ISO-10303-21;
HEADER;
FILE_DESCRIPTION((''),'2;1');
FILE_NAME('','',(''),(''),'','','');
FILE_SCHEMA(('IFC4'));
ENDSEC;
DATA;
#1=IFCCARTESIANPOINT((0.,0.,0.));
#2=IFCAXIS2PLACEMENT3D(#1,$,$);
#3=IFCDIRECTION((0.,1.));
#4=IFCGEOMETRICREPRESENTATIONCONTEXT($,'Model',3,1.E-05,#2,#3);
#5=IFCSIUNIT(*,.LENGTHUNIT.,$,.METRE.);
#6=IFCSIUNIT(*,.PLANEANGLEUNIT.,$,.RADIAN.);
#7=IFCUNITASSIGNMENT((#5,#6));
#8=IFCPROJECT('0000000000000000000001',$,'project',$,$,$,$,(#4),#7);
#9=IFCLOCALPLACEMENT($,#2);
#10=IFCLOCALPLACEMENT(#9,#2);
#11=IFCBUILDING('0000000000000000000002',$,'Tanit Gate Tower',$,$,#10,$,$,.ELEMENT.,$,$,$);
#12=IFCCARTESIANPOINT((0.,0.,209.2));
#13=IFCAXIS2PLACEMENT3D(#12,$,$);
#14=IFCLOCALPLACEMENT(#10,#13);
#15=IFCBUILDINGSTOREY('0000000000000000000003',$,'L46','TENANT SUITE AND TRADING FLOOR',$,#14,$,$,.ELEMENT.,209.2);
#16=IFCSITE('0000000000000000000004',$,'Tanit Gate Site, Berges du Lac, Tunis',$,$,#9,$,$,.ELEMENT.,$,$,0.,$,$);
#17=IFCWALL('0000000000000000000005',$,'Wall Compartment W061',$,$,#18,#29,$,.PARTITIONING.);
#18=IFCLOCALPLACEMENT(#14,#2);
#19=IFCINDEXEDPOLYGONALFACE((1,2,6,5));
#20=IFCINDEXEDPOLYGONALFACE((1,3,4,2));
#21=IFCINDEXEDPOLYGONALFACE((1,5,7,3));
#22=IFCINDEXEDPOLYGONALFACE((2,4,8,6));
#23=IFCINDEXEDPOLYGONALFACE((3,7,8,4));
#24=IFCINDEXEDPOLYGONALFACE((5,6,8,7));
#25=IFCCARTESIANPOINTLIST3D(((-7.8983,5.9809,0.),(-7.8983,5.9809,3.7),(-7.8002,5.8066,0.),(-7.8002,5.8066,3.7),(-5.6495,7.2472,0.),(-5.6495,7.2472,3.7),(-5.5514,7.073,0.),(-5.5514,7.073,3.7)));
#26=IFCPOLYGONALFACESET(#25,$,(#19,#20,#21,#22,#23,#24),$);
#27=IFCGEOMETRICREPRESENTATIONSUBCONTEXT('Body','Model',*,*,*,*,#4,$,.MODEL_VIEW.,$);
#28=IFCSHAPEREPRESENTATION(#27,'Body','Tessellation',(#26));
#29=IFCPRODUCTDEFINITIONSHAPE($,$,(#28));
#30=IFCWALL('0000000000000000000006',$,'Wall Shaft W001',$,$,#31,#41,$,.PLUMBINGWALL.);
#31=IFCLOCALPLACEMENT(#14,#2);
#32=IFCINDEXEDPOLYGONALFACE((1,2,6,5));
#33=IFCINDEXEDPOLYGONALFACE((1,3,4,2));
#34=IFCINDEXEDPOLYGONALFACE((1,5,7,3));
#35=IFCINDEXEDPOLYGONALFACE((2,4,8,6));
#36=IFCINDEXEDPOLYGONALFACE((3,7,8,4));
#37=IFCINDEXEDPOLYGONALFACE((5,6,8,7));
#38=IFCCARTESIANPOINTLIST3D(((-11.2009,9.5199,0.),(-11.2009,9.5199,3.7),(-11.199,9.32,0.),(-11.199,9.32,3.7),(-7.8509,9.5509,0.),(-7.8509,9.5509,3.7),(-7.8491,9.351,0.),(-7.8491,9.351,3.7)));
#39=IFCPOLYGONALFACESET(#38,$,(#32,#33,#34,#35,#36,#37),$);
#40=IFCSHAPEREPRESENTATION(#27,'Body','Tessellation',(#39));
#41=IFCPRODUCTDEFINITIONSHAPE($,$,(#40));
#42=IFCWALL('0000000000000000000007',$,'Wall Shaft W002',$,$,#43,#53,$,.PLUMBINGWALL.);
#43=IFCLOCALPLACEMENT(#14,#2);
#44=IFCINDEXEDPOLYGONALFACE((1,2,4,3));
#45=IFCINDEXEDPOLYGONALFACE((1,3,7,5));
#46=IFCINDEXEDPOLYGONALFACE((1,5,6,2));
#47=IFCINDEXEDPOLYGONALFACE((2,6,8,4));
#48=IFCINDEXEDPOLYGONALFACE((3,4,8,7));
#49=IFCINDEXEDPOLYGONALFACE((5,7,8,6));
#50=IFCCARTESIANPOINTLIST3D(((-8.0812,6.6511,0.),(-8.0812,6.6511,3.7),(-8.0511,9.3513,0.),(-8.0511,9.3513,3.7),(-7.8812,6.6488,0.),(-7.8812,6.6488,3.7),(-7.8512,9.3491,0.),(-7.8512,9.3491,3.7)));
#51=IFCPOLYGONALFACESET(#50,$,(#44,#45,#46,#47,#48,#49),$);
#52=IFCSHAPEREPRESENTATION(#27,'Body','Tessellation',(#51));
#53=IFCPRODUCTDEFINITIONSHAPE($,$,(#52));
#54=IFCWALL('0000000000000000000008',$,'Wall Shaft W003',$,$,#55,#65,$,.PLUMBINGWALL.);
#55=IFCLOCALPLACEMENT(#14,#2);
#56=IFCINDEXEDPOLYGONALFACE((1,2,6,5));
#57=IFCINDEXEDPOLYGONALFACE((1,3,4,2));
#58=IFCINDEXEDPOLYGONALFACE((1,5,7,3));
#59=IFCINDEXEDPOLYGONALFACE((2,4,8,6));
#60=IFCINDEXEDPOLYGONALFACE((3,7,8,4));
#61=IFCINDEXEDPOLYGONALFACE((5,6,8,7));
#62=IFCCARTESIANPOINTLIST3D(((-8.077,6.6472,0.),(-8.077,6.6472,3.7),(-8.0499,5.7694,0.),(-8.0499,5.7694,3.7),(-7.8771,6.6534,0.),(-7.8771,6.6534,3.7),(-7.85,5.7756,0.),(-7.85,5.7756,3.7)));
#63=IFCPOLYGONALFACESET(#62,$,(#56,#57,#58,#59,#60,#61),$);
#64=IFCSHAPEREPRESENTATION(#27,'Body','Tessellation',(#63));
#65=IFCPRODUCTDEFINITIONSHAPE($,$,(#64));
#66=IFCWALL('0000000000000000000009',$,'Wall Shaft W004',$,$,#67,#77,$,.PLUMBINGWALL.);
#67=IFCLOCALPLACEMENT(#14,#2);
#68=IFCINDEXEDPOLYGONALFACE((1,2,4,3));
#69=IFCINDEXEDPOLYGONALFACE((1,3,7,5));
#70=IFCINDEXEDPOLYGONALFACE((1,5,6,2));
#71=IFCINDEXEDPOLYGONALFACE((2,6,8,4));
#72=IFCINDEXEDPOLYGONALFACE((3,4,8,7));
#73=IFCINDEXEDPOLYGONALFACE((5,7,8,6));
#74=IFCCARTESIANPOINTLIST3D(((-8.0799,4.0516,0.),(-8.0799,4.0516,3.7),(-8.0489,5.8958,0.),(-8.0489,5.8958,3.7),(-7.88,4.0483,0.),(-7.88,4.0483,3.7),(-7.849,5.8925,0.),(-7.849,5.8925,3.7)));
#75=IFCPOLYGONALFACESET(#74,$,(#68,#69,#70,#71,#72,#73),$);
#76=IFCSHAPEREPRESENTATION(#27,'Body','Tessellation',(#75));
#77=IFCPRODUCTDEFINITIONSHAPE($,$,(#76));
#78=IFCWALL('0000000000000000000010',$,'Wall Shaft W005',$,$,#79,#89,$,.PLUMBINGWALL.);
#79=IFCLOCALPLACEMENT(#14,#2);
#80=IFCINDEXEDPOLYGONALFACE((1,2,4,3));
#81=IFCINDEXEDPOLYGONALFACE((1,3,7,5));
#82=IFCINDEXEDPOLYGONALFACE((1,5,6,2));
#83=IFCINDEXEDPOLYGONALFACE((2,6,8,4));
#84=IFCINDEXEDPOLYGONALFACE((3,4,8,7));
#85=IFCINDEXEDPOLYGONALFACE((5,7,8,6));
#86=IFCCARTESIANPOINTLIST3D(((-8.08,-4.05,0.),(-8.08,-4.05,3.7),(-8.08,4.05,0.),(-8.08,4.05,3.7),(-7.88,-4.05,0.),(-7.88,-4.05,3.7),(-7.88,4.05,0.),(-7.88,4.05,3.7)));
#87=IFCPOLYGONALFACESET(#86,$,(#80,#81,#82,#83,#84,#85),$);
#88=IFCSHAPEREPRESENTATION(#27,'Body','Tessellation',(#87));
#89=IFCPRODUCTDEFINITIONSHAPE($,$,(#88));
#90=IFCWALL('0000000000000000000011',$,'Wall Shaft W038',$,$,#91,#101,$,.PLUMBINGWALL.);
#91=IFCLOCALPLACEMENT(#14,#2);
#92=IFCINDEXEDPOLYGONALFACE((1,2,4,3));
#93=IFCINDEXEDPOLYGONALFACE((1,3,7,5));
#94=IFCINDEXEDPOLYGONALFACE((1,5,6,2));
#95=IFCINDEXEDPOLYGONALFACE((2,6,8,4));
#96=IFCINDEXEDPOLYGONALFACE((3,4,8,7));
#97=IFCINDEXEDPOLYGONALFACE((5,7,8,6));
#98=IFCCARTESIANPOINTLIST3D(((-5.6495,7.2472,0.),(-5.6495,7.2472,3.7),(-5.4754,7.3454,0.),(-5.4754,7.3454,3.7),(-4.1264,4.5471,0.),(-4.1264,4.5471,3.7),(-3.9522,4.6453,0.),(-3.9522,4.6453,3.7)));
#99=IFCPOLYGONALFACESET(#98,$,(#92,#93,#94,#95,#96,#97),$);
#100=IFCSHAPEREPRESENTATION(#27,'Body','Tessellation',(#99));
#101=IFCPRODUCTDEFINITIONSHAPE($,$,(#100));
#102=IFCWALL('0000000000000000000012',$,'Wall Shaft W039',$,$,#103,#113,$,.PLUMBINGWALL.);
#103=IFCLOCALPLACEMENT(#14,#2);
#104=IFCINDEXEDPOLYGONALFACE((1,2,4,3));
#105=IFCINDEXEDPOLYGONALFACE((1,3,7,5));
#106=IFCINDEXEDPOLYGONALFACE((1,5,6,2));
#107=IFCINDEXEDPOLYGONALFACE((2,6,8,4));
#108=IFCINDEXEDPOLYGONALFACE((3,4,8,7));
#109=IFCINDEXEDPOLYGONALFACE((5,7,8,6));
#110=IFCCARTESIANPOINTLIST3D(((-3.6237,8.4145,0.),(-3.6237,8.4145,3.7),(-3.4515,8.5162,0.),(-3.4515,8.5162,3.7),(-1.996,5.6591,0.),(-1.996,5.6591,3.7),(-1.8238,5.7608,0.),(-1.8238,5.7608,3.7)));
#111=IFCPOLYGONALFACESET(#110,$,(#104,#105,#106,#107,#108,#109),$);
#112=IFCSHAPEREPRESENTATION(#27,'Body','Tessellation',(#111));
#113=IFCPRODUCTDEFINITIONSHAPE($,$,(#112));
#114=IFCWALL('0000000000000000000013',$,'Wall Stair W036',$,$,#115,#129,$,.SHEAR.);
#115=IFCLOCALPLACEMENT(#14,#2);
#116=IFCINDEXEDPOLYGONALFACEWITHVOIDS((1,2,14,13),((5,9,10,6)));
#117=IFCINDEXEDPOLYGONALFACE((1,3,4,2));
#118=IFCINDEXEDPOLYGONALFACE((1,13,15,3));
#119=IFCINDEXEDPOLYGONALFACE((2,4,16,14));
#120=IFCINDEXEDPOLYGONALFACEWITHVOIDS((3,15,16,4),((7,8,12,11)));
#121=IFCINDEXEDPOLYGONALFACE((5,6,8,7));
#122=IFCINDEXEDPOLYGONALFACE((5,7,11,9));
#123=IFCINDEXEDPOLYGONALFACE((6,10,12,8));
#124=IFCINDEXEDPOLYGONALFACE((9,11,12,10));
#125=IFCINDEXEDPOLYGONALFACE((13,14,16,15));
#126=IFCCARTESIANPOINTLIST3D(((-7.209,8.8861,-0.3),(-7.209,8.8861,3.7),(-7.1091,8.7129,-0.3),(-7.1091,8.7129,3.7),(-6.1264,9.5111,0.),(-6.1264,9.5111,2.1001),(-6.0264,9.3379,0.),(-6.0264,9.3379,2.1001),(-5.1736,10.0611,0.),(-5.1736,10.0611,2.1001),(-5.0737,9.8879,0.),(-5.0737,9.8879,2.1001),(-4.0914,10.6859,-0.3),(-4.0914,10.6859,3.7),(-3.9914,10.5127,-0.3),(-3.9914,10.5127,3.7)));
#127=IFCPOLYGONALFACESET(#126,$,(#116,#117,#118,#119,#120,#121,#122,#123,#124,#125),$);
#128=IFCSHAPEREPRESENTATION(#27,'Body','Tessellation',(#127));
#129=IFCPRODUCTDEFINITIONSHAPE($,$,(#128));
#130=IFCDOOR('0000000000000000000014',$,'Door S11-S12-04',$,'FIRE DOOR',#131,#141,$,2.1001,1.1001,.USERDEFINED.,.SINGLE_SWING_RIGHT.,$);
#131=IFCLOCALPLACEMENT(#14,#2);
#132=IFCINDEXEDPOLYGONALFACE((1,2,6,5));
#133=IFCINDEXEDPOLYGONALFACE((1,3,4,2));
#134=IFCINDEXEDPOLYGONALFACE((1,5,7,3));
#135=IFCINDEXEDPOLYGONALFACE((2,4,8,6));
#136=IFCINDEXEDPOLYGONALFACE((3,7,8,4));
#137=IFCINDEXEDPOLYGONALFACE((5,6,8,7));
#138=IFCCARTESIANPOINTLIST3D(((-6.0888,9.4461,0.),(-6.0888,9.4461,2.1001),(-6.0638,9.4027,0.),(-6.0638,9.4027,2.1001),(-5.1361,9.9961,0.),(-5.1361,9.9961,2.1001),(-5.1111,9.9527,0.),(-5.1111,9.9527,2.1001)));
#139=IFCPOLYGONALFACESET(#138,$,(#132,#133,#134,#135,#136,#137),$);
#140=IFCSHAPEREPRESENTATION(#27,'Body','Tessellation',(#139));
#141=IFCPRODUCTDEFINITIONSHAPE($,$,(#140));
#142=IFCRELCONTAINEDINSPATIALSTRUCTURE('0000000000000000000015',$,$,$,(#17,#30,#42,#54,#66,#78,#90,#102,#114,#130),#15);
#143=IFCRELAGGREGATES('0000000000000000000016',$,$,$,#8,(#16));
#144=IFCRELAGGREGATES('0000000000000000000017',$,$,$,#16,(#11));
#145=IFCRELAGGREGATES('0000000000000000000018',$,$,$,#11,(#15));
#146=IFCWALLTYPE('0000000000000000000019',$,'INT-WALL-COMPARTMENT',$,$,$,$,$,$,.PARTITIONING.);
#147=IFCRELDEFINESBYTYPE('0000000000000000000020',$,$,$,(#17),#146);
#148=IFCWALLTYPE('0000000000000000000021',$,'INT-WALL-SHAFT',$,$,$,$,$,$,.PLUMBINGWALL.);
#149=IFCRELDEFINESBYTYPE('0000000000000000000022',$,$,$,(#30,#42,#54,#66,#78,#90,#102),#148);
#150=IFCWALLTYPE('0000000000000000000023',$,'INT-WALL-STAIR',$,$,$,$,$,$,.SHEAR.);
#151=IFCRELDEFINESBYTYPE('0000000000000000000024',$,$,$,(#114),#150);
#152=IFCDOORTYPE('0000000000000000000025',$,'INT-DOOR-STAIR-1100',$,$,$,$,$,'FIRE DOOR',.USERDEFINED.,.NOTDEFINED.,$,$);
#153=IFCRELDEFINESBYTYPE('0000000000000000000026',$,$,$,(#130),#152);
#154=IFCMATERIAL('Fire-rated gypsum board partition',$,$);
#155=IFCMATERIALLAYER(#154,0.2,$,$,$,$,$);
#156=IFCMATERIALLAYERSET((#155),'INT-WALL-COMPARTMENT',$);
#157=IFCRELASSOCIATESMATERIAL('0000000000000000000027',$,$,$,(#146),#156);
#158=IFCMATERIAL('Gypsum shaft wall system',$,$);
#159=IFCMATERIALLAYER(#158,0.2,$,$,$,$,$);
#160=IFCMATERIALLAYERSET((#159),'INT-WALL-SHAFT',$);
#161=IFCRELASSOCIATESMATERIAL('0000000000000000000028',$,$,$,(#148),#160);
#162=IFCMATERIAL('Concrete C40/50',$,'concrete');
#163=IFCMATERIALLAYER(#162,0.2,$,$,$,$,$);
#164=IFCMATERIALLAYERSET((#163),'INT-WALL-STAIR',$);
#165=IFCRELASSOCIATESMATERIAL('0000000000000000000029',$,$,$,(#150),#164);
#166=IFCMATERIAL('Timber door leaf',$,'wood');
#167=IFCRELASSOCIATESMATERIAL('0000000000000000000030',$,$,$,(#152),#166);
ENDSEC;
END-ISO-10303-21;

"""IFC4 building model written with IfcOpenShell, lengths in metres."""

from ifc_helpers import new_model, si_unit, direction, frame, frame_2d, origin, place, context, subcontext, project, spatial, rectangle, extrude, material, layer, layer_set, type_object, element, fill, save


model = new_model("IFC4")

# Units and contexts
model_context = context("Model", 3, precision=1e-05, world=origin(), true_north=direction((0.0, 1.0)))
body_context = subcontext(model_context, "Body", "Model", "MODEL_VIEW")
ifc_project = project(units=[si_unit("LENGTHUNIT", "METRE"), si_unit("PLANEANGLEUNIT", "RADIAN")], contexts=[model_context])

# Site, building, storey
site_placement = place(None, origin())
site = spatial("IfcSite", under=ifc_project, at=site_placement, Name="Tanit Gate Site, Berges du Lac, Tunis", CompositionType="ELEMENT", RefElevation=0.0)
building_placement = place(site_placement, origin())
building = spatial("IfcBuilding", under=site, at=building_placement, Name="Tanit Gate Tower", CompositionType="ELEMENT")
storey_placement = place(building_placement, frame((0.0, 0.0, 209.2)))
storey = spatial("IfcBuildingStorey", under=building, at=storey_placement, Name="L46", Description="TENANT SUITE AND TRADING FLOOR", CompositionType="ELEMENT", Elevation=209.2)

# Walls
ifc_material_1 = material(Name="Fire-rated gypsum board partition")
ifc_layer_1 = layer(ifc_material_1, 0.2)
ifc_layer_set_1 = layer_set([ifc_layer_1], Name="INT-WALL-COMPARTMENT")
wall_type_1 = type_object("IfcWallType", Name="INT-WALL-COMPARTMENT", PredefinedType="PARTITIONING", material=ifc_layer_set_1)
wall_1_placement = place(storey_placement, frame((-5.6003, 7.1602, 0.0), z_axis=(0.0, 0.0, 1.0), x_axis=(-0.87134, -0.490679, 0.0)))
element("IfcWall", 1, at=wall_1_placement, inside=storey, type_object=wall_type_1, Name="Wall Compartment W061", PredefinedType="PARTITIONING", context=body_context, shape_type="SweptSolid", body=[
    extrude(rectangle(XDim=2.5808, YDim=0.2, at=frame_2d((1.2905, 0.0))), origin(), (0.0, 0.0, 1.0), 3.7),
])
ifc_material_2 = material(Name="Gypsum shaft wall system")
ifc_layer_2 = layer(ifc_material_2, 0.2)
ifc_layer_set_2 = layer_set([ifc_layer_2], Name="INT-WALL-SHAFT")
wall_type_2 = type_object("IfcWallType", Name="INT-WALL-SHAFT", PredefinedType="PLUMBINGWALL", material=ifc_layer_set_2)
wall_2_placement = place(storey_placement, frame((-11.2, 9.4199, 0.0), z_axis=(0.0, 0.0, 1.0), x_axis=(0.999957, 0.009255, 0.0)))
element("IfcWall", 2, at=wall_2_placement, inside=storey, type_object=wall_type_2, Name="Wall Shaft W001", PredefinedType="PLUMBINGWALL", context=body_context, shape_type="SweptSolid", body=[
    extrude(rectangle(XDim=3.3501, YDim=0.2, at=frame_2d((1.675, 0.0))), origin(), (0.0, 0.0, 1.0), 3.7),
])
wall_3_placement = place(storey_placement, frame((-7.9512, 9.3501, 0.0), z_axis=(0.0, 0.0, 1.0), x_axis=(-0.01112, -0.999938, 0.0)))
element("IfcWall", 3, at=wall_3_placement, inside=storey, type_object=wall_type_2, Name="Wall Shaft W002", PredefinedType="PLUMBINGWALL", context=body_context, shape_type="SweptSolid", body=[
    extrude(rectangle(XDim=2.7004, YDim=0.2, at=frame_2d((1.3501, 0.0))), origin(), (0.0, 0.0, 1.0), 3.7),
])
wall_4_placement = place(storey_placement, frame((-7.9771, 6.6501, 0.0), z_axis=(0.0, 0.0, 1.0), x_axis=(0.030862, -0.999524, 0.0)))
element("IfcWall", 4, at=wall_4_placement, inside=storey, type_object=wall_type_2, Name="Wall Shaft W003", PredefinedType="PLUMBINGWALL", context=body_context, shape_type="SweptSolid", body=[
    extrude(rectangle(XDim=0.8782, YDim=0.2, at=frame_2d((0.439, 0.0))), origin(), (0.0, 0.0, 1.0), 3.7),
])
wall_5_placement = place(storey_placement, frame((-7.949, 5.8943, 0.0), z_axis=(0.0, 0.0, 1.0), x_axis=(-0.01681, -0.999859, 0.0)))
element("IfcWall", 5, at=wall_5_placement, inside=storey, type_object=wall_type_2, Name="Wall Shaft W004", PredefinedType="PLUMBINGWALL", context=body_context, shape_type="SweptSolid", body=[
    extrude(rectangle(XDim=1.8445, YDim=0.2, at=frame_2d((0.9224, 0.0))), origin(), (0.0, 0.0, 1.0), 3.7),
])
wall_6_placement = place(storey_placement, frame((-7.98, 4.05, 0.0), z_axis=(0.0, 0.0, 1.0), x_axis=(0.0, -1.0, 0.0)))
element("IfcWall", 6, at=wall_6_placement, inside=storey, type_object=wall_type_2, Name="Wall Shaft W005", PredefinedType="PLUMBINGWALL", context=body_context, shape_type="SweptSolid", body=[
    extrude(rectangle(XDim=8.1001, YDim=0.2, at=frame_2d((4.05, 0.0))), origin(), (0.0, 0.0, 1.0), 3.7),
])

# Walls
wall_7_placement = place(storey_placement, frame((-4.0393, 4.5962, 0.0), z_axis=(0.0, 0.0, 1.0), x_axis=(-0.491323, 0.870978, 0.0)))
element("IfcWall", 7, at=wall_7_placement, inside=storey, type_object=wall_type_2, Name="Wall Shaft W038", PredefinedType="PLUMBINGWALL", context=body_context, shape_type="SweptSolid", body=[
    extrude(rectangle(XDim=3.1001, YDim=0.2, at=frame_2d((1.55, 0.0))), origin(), (0.0, 0.0, 1.0), 3.7),
])
wall_8_placement = place(storey_placement, frame((-3.5376, 8.4653, 0.0), z_axis=(0.0, 0.0, 1.0), x_axis=(0.508616, -0.860993, 0.0)))
element("IfcWall", 8, at=wall_8_placement, inside=storey, type_object=wall_type_2, Name="Wall Shaft W039", PredefinedType="PLUMBINGWALL", context=body_context, shape_type="SweptSolid", body=[
    extrude(rectangle(XDim=3.2002, YDim=0.2, at=frame_2d((1.6001, 0.0))), origin(), (0.0, 0.0, 1.0), 3.7),
])

# Wall, opening, door
ifc_material_3 = material(Name="Concrete C40/50", Category="concrete")
ifc_layer_3 = layer(ifc_material_3, 0.2)
ifc_layer_set_3 = layer_set([ifc_layer_3], Name="INT-WALL-STAIR")
wall_type_3 = type_object("IfcWallType", Name="INT-WALL-STAIR", PredefinedType="SHEAR", material=ifc_layer_set_3)
wall_9_placement = place(storey_placement, frame((-7.1589, 8.7996, -0.3), z_axis=(0.0, 0.0, 1.0), x_axis=(0.866048, 0.499961, 0.0)))
wall_9 = element("IfcWall", 9, at=wall_9_placement, inside=storey, type_object=wall_type_3, Name="Wall Stair W036", PredefinedType="SHEAR", context=body_context, shape_type="SweptSolid", body=[
    extrude(rectangle(XDim=3.5999, YDim=0.2, at=frame_2d((1.7998, 0.0))), origin(), (0.0, 0.0, 1.0), 4.0),
])
opening_1_placement = place(wall_9_placement, frame((1.25, 0.0, 0.3)))
opening_1 = element("IfcOpeningElement", 10, at=opening_1_placement, cuts=wall_9, PredefinedType="OPENING", context=body_context, shape_type="SweptSolid", body=[
    extrude(rectangle(XDim=1.1001, YDim=2.1001, at=frame_2d((0.55, 1.05))), frame((0.0, 0.1099, 0.0), z_axis=(0.0, -1.0, 0.0), x_axis=(1.0, 0.0, 0.0)), (0.0, 0.0, 1.0), 0.22),
])
ifc_material_4 = material(Name="Timber door leaf", Category="wood")
door_type_1 = type_object("IfcDoorType", Name="INT-DOOR-STAIR-1100", ElementType="FIRE DOOR", OperationType="NOTDEFINED", PredefinedType="USERDEFINED", material=ifc_material_4)
door_1_placement = place(opening_1_placement, origin())
door_1 = element("IfcDoor", 11, at=door_1_placement, inside=storey, type_object=door_type_1, Name="Door S11-S12-04", ObjectType="FIRE DOOR", OperationType="SINGLE_SWING_RIGHT", OverallHeight=2.1001, OverallWidth=1.1001, PredefinedType="USERDEFINED", context=body_context, shape_type="SweptSolid", body=[
    extrude(rectangle(XDim=1.1001, YDim=2.1001, at=frame_2d((0.55, 1.05))), frame((0.0, 0.0249, 0.0), z_axis=(0.0, -1.0, 0.0), x_axis=(1.0, 0.0, 0.0)), (0.0, 0.0, 1.0), 0.05),
])
fill(opening_1, door_1)

save(model, "model.ifc")
